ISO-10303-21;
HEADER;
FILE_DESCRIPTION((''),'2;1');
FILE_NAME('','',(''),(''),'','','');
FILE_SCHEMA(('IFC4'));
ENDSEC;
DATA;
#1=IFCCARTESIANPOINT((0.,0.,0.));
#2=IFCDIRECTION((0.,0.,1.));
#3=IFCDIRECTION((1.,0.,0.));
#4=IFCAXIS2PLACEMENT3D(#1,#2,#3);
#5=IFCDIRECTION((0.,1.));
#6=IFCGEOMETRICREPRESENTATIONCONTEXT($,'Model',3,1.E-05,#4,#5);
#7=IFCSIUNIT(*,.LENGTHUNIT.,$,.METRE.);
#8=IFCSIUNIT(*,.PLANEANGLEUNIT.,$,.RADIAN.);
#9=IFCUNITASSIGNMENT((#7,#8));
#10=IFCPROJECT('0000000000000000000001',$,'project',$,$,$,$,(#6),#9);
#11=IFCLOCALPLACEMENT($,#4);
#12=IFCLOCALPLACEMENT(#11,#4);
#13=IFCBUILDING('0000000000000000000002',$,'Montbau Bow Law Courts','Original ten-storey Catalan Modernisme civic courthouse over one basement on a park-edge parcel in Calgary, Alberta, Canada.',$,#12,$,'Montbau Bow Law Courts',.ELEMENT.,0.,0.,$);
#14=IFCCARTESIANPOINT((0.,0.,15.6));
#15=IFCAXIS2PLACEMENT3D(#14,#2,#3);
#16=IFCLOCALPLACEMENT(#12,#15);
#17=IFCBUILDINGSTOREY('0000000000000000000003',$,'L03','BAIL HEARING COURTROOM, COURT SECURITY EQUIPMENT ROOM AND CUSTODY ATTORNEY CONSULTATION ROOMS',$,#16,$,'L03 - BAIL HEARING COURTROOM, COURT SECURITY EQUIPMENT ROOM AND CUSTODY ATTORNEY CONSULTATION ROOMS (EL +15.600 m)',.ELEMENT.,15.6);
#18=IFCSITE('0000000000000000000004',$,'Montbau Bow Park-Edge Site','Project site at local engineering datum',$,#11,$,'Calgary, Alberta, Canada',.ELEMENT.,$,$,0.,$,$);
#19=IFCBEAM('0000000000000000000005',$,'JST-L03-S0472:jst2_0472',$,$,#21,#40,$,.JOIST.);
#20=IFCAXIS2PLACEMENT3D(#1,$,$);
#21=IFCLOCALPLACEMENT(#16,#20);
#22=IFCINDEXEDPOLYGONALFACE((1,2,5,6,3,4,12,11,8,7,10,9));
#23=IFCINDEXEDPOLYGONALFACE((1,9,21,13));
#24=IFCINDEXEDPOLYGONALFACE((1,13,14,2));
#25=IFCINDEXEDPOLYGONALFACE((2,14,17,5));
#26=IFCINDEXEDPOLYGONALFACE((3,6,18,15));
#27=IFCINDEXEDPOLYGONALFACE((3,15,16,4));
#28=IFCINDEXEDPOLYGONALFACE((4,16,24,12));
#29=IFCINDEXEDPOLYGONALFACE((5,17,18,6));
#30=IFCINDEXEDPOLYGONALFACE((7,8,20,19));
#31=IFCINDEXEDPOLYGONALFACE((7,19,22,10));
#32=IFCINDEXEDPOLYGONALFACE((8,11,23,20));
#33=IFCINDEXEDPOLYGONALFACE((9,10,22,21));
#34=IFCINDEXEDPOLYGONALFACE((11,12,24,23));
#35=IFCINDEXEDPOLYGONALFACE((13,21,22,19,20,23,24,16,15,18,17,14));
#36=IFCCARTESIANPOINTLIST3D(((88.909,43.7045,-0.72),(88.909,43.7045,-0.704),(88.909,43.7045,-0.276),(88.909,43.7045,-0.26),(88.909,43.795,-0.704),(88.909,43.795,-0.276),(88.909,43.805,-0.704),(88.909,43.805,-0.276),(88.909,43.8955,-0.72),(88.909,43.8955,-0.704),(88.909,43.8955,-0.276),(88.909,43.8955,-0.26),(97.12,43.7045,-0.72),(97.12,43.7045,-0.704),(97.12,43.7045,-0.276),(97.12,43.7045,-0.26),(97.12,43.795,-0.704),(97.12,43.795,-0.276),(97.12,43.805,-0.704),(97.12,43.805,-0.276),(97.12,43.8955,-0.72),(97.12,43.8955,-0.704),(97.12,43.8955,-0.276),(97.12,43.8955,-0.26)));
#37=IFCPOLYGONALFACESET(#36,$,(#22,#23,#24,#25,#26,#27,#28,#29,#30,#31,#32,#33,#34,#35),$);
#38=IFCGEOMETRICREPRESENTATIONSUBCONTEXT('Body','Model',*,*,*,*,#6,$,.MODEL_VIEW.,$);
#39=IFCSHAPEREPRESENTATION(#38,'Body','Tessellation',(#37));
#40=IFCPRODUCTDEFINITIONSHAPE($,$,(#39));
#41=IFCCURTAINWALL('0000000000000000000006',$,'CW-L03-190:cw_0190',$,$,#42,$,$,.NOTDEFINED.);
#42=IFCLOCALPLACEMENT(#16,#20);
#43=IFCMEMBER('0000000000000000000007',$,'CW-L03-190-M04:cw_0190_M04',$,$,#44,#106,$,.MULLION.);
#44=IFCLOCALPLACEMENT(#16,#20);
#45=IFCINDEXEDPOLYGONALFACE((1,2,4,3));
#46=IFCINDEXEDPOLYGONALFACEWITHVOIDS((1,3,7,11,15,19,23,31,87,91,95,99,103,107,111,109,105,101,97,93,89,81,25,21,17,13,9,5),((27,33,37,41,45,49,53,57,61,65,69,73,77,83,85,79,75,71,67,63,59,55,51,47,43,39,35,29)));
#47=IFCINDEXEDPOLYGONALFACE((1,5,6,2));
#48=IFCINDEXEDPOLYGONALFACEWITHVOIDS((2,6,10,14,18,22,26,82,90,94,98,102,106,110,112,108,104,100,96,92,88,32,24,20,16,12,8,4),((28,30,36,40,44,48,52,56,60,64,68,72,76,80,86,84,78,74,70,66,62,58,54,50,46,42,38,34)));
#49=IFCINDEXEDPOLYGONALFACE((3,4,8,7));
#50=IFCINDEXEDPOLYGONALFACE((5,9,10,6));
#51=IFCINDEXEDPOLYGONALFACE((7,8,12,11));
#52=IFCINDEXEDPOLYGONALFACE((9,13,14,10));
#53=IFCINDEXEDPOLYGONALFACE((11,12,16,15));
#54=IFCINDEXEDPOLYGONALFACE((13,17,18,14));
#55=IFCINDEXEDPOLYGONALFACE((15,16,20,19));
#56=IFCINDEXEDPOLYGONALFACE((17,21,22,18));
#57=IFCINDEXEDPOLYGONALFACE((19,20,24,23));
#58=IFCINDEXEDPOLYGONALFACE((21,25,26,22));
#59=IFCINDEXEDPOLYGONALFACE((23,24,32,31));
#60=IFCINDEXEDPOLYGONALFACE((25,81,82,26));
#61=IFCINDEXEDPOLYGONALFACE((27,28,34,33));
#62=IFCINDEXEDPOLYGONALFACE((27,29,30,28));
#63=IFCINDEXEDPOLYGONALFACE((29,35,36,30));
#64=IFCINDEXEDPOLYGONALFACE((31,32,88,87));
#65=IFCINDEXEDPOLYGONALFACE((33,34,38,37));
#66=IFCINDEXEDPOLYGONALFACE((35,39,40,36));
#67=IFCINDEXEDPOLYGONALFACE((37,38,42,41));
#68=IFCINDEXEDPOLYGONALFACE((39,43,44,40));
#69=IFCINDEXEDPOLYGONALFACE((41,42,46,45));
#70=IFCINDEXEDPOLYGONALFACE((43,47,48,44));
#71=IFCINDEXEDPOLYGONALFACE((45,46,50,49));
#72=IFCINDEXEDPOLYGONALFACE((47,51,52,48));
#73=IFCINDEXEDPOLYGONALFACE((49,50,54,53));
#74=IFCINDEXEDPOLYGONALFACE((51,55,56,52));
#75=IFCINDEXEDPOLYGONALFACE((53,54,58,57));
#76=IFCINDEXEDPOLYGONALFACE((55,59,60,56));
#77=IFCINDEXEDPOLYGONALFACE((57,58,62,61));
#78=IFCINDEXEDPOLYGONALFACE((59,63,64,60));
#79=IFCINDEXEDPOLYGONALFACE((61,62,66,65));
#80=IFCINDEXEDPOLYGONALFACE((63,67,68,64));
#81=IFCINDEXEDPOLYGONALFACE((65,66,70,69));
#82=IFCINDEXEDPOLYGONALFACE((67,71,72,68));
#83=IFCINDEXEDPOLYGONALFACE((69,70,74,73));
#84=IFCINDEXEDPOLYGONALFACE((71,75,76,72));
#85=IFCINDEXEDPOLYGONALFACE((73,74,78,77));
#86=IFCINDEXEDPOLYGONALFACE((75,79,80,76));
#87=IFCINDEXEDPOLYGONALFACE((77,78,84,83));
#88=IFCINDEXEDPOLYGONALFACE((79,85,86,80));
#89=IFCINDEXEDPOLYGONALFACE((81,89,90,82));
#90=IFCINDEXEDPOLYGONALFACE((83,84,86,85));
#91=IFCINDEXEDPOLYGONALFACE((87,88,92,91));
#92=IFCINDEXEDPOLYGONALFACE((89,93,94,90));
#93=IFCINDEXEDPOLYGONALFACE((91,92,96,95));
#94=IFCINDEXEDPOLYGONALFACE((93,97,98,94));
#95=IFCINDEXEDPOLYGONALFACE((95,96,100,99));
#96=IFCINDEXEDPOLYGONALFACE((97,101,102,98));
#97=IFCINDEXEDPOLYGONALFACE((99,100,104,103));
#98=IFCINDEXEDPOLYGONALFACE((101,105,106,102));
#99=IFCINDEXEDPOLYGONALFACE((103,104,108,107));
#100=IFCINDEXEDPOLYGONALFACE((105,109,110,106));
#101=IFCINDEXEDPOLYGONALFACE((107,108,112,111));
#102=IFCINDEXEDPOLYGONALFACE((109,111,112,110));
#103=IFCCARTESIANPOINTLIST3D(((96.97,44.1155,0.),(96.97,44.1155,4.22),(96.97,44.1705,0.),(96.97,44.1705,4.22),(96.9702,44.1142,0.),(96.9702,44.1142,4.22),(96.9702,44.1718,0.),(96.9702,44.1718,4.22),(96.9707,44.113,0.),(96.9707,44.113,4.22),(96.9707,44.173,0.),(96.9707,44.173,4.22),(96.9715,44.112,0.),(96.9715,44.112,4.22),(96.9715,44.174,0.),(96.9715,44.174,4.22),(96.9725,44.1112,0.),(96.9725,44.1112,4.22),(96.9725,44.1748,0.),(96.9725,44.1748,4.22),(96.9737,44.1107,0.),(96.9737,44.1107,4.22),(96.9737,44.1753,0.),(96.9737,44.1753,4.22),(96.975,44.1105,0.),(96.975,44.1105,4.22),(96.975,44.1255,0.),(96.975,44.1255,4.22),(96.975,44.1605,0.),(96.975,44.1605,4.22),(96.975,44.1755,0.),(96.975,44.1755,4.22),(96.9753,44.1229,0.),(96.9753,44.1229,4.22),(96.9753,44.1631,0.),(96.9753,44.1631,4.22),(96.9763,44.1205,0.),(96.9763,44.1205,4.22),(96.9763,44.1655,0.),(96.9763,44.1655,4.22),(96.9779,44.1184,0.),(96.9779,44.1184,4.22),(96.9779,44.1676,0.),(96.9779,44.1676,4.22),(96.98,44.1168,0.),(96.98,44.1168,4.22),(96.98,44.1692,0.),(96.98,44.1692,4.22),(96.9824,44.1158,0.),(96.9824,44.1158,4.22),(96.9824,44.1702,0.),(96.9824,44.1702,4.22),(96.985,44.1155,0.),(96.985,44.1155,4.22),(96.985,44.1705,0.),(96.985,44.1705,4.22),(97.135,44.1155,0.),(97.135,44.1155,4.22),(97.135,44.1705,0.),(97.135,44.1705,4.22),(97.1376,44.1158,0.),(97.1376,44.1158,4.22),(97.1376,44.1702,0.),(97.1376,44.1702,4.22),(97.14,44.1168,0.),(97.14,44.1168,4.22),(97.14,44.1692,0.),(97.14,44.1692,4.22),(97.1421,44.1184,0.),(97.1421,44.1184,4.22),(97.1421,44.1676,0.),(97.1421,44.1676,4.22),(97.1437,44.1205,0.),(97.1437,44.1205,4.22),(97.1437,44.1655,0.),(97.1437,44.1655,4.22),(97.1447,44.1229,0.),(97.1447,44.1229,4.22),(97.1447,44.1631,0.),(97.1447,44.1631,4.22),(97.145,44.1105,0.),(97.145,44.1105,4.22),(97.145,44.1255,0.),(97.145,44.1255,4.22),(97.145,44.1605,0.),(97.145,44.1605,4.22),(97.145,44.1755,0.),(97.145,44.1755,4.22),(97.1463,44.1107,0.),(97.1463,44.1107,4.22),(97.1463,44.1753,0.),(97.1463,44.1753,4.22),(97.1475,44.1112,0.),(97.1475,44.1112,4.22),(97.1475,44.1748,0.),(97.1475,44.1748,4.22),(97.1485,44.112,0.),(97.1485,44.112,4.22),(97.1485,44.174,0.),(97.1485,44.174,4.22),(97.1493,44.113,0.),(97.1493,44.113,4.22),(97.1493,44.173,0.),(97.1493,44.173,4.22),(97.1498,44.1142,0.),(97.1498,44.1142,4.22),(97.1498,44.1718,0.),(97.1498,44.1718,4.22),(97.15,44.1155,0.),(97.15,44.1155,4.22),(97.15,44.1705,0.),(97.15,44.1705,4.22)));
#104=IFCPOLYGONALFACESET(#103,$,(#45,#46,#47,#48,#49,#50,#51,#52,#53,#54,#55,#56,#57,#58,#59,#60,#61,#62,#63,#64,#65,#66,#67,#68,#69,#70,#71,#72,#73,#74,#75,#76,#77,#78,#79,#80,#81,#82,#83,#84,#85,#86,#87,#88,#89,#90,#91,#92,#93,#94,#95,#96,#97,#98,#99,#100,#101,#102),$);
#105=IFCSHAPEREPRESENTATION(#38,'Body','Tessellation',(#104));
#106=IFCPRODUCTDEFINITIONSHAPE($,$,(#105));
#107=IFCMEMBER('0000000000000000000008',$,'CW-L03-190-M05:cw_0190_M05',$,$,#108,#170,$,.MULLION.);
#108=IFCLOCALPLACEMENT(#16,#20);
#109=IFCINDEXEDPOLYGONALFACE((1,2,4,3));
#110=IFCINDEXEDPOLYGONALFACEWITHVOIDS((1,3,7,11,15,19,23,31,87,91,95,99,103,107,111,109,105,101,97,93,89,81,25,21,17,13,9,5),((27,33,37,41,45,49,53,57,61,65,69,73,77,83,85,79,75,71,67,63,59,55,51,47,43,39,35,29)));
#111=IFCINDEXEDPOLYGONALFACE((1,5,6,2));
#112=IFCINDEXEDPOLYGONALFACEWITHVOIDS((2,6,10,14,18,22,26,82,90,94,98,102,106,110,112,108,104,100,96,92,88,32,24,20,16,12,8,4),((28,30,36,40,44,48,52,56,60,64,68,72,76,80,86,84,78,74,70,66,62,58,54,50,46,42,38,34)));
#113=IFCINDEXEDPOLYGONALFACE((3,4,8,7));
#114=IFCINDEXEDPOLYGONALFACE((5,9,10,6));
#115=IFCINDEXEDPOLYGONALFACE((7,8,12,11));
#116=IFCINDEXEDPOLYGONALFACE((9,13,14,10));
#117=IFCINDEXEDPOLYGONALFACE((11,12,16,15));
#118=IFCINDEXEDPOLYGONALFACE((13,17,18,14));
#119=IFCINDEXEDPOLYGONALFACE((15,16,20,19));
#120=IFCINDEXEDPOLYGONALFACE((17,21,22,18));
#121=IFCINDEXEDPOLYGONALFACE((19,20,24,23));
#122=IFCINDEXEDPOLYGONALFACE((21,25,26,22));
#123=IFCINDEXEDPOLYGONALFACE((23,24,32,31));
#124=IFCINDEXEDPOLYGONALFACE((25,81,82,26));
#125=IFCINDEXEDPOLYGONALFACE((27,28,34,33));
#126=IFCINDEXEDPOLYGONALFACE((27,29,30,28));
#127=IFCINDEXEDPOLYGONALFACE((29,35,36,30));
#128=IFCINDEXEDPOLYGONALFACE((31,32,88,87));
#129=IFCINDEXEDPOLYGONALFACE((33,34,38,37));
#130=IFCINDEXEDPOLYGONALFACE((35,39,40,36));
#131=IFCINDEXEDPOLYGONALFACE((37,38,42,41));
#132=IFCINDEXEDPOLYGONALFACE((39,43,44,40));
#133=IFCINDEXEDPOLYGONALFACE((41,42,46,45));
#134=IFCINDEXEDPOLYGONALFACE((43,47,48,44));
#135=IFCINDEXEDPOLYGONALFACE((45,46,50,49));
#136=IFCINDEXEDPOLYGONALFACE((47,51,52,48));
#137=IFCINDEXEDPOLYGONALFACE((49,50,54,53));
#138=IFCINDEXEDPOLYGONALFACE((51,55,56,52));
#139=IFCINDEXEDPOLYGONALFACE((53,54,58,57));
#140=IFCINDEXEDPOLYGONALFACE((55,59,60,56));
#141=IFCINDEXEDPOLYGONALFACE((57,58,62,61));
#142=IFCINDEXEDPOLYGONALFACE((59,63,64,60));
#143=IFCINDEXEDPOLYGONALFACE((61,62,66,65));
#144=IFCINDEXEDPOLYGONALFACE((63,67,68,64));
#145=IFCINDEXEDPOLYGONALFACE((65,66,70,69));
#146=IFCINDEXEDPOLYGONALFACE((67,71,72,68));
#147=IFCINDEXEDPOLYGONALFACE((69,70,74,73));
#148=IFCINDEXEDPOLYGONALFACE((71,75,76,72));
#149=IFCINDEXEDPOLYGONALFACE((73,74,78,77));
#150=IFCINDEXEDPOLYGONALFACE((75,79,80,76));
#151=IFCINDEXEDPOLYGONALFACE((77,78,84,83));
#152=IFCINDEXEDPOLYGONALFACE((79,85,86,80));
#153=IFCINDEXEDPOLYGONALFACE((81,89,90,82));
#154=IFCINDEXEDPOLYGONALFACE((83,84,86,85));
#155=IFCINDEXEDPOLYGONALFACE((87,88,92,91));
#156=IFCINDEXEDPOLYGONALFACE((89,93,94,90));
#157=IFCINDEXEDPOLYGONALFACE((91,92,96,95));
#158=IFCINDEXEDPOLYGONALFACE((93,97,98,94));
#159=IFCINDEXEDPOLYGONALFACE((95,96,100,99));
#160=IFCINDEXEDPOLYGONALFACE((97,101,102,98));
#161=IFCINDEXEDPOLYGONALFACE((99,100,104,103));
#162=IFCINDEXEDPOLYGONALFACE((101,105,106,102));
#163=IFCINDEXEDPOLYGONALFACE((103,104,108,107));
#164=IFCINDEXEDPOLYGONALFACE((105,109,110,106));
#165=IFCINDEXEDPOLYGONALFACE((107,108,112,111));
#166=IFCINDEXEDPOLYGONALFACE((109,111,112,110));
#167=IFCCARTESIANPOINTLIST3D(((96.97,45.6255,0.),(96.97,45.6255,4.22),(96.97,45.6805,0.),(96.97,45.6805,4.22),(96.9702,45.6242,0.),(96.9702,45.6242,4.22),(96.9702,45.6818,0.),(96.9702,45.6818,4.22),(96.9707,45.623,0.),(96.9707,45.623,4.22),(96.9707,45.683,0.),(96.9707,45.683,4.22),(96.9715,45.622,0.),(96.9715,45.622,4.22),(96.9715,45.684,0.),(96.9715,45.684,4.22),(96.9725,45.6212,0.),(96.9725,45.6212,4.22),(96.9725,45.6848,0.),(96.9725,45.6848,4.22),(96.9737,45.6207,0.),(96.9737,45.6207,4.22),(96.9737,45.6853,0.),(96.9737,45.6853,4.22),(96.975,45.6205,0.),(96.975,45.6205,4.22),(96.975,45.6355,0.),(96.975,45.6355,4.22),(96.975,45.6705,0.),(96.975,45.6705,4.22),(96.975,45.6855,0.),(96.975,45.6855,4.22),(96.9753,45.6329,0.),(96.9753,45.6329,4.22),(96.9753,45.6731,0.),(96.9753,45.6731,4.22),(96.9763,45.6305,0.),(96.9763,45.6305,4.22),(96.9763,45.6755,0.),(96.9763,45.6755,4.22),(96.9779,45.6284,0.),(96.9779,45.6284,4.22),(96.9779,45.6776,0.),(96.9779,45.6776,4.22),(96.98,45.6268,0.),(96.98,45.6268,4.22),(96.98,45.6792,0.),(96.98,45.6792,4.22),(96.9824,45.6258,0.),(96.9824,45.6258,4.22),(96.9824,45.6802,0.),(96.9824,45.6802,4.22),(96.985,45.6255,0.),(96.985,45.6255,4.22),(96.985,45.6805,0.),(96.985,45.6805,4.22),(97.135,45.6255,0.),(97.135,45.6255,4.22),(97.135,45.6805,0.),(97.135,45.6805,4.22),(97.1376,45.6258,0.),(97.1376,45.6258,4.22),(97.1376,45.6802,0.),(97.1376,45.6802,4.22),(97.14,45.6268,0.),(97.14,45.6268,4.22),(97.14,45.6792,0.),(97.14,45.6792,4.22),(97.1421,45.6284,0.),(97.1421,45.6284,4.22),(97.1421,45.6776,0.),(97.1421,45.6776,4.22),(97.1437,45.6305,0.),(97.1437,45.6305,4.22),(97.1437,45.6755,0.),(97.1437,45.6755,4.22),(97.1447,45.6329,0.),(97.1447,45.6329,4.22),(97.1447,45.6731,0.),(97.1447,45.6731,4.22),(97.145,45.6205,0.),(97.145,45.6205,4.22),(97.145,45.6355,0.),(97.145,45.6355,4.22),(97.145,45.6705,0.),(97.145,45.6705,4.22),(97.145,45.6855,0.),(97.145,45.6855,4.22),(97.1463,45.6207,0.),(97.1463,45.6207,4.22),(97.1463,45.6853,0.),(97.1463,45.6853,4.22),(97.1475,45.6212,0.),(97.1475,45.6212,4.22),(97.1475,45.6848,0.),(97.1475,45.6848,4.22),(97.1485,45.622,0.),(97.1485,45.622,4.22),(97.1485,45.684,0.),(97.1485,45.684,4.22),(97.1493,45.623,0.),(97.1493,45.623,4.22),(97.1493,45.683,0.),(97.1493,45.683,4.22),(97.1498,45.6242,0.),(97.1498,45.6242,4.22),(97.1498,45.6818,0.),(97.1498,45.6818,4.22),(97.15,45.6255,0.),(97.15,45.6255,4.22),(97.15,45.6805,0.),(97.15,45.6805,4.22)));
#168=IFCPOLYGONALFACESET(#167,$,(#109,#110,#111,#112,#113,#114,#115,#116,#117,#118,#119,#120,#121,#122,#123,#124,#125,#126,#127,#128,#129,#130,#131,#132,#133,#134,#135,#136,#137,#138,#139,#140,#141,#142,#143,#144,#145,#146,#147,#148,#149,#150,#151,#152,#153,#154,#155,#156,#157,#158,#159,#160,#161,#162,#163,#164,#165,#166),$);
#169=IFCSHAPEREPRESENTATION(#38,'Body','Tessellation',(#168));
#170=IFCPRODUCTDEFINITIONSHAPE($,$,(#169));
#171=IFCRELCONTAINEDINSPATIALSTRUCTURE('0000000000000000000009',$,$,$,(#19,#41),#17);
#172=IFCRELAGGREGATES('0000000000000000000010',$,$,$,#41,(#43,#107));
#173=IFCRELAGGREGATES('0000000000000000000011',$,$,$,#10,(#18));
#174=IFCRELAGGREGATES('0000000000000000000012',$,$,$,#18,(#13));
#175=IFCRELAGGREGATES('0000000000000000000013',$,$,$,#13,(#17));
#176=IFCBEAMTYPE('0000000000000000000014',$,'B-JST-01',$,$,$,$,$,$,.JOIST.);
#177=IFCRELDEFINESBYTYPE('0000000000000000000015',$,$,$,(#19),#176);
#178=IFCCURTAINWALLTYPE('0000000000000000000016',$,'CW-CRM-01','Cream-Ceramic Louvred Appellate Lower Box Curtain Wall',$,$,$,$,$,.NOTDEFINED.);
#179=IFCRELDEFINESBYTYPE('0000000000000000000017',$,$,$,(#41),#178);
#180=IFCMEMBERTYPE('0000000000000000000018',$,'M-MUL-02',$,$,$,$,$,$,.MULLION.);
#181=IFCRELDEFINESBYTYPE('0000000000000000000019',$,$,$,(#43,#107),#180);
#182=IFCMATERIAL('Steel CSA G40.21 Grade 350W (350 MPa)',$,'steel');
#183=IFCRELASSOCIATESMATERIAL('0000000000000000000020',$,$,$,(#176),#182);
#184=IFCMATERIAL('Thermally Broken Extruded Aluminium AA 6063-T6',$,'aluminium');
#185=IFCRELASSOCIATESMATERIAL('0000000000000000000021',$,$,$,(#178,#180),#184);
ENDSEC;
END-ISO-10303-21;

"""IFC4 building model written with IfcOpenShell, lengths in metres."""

from ifc_helpers import new_model, si_unit, direction, frame, origin_with_axes, origin_2d_with_axis, place, context, subcontext, project, spatial, hollow_rectangle, i_section, extrude, material, material_profile, profile_set, type_object, element, aggregate, save


model = new_model("IFC4")

# Units and contexts
model_context = context("Model", 3, precision=1e-05, world=origin_with_axes(), true_north=direction((0.0, 1.0)))
body_context = subcontext(model_context, "Body", "Model", "MODEL_VIEW")
ifc_project = project(units=[si_unit("LENGTHUNIT", "METRE"), si_unit("PLANEANGLEUNIT", "RADIAN")], contexts=[model_context])

# Site, building, storey
site_placement = place(None, origin_with_axes())
site = spatial("IfcSite", under=ifc_project, at=site_placement, Name="Montbau Bow Park-Edge Site", Description="Project site at local engineering datum", LongName="Calgary, Alberta, Canada", CompositionType="ELEMENT", RefElevation=0.0)
building_placement = place(site_placement, origin_with_axes())
building = spatial("IfcBuilding", under=site, at=building_placement, Name="Montbau Bow Law Courts", Description="Original ten-storey Catalan Modernisme civic courthouse over one basement on a park-edge parcel in Calgary, Alberta, Canada.", LongName="Montbau Bow Law Courts", CompositionType="ELEMENT", ElevationOfRefHeight=0.0, ElevationOfTerrain=0.0)
storey_placement = place(building_placement, frame((0.0, 0.0, 15.6), z_axis=(0.0, 0.0, 1.0), x_axis=(1.0, 0.0, 0.0)))
storey = spatial("IfcBuildingStorey", under=building, at=storey_placement, Name="L03", Description="BAIL HEARING COURTROOM, COURT SECURITY EQUIPMENT ROOM AND CUSTODY ATTORNEY CONSULTATION ROOMS", LongName="L03 - BAIL HEARING COURTROOM, COURT SECURITY EQUIPMENT ROOM AND CUSTODY ATTORNEY CONSULTATION ROOMS (EL +15.600 m)", CompositionType="ELEMENT", Elevation=15.6)

# Beam
ifc_material_1 = material(Name="Steel CSA G40.21 Grade 350W (350 MPa)", Category="steel")
ifc_material_profile_1 = material_profile(ifc_material_1, i_section(OverallWidth=0.191, OverallDepth=0.46, WebThickness=0.0099, FlangeThickness=0.016, at=origin_2d_with_axis()), Name="W460X82", Category="Main", Priority=0)
ifc_profile_set_1 = profile_set([ifc_material_profile_1], Name="Steel CSA G40.21 Grade 350W (350 MPa)")
beam_type = type_object("IfcBeamType", Name="B-JST-01", PredefinedType="JOIST", material=ifc_profile_set_1)
beam_placement = place(None, frame((88.909, 43.8, 15.11), z_axis=(1.0, 0.0, 0.0), x_axis=(0.0, 1.0, 0.0)))
element("IfcBeam", 1, at=beam_placement, inside=storey, type_object=beam_type, Name="JST-L03-S0472:jst2_0472", PredefinedType="JOIST", context=body_context, shape_type="SweptSolid", body=[
    extrude(i_section(OverallWidth=0.191, OverallDepth=0.46, WebThickness=0.0099, FlangeThickness=0.016, at=origin_2d_with_axis()), origin_with_axes(), (0.0, 0.0, 1.0), 8.211),
])

# Curtain wall, members
ifc_material_2 = material(Name="Thermally Broken Extruded Aluminium AA 6063-T6", Category="aluminium")
curtain_wall_type = type_object("IfcCurtainWallType", Name="CW-CRM-01", Description="Cream-Ceramic Louvred Appellate Lower Box Curtain Wall", PredefinedType="NOTDEFINED", material=ifc_material_2)
curtain_wall_1_placement = place(None, frame((97.06, 39.515, 15.6), z_axis=(0.0, 0.0, 1.0), x_axis=(1.0, 0.0, 0.0)))
curtain_wall_1 = element("IfcCurtainWall", 2, at=curtain_wall_1_placement, inside=storey, type_object=curtain_wall_type, Name="CW-L03-190:cw_0190", PredefinedType="NOTDEFINED")
ifc_material_profile_2 = material_profile(ifc_material_2, hollow_rectangle(XDim=0.065, YDim=0.18, WallThickness=0.005, InnerFilletRadius=0.01, OuterFilletRadius=0.005, at=origin_2d_with_axis()), Name="CWM-180X65", Category="Main", Priority=0)
ifc_profile_set_2 = profile_set([ifc_material_profile_2], Name="Thermally Broken Extruded Aluminium AA 6063-T6")
member_type_1 = type_object("IfcMemberType", Name="M-MUL-02", PredefinedType="MULLION", material=ifc_profile_set_2)
member_1_placement = place(None, frame((97.06, 44.143, 15.6), z_axis=(0.0, 0.0, 1.0), x_axis=(0.0, 1.0, 0.0)))
member_1 = element("IfcMember", 3, at=member_1_placement, type_object=member_type_1, Name="CW-L03-190-M04:cw_0190_M04", PredefinedType="MULLION", context=body_context, shape_type="SweptSolid", body=[
    extrude(hollow_rectangle(XDim=0.065, YDim=0.18, WallThickness=0.005, InnerFilletRadius=0.01, OuterFilletRadius=0.005, at=origin_2d_with_axis()), origin_with_axes(), (0.0, 0.0, 1.0), 4.22),
])
member_2_placement = place(None, frame((97.06, 45.653, 15.6), z_axis=(0.0, 0.0, 1.0), x_axis=(0.0, 1.0, 0.0)))
member_2 = element("IfcMember", 4, at=member_2_placement, type_object=member_type_1, Name="CW-L03-190-M05:cw_0190_M05", PredefinedType="MULLION", context=body_context, shape_type="SweptSolid", body=[
    extrude(hollow_rectangle(XDim=0.065, YDim=0.18, WallThickness=0.005, InnerFilletRadius=0.01, OuterFilletRadius=0.005, at=origin_2d_with_axis()), origin_with_axes(), (0.0, 0.0, 1.0), 4.22),
])

aggregate(curtain_wall_1, [member_1, member_2])

save(model, "model.ifc")
